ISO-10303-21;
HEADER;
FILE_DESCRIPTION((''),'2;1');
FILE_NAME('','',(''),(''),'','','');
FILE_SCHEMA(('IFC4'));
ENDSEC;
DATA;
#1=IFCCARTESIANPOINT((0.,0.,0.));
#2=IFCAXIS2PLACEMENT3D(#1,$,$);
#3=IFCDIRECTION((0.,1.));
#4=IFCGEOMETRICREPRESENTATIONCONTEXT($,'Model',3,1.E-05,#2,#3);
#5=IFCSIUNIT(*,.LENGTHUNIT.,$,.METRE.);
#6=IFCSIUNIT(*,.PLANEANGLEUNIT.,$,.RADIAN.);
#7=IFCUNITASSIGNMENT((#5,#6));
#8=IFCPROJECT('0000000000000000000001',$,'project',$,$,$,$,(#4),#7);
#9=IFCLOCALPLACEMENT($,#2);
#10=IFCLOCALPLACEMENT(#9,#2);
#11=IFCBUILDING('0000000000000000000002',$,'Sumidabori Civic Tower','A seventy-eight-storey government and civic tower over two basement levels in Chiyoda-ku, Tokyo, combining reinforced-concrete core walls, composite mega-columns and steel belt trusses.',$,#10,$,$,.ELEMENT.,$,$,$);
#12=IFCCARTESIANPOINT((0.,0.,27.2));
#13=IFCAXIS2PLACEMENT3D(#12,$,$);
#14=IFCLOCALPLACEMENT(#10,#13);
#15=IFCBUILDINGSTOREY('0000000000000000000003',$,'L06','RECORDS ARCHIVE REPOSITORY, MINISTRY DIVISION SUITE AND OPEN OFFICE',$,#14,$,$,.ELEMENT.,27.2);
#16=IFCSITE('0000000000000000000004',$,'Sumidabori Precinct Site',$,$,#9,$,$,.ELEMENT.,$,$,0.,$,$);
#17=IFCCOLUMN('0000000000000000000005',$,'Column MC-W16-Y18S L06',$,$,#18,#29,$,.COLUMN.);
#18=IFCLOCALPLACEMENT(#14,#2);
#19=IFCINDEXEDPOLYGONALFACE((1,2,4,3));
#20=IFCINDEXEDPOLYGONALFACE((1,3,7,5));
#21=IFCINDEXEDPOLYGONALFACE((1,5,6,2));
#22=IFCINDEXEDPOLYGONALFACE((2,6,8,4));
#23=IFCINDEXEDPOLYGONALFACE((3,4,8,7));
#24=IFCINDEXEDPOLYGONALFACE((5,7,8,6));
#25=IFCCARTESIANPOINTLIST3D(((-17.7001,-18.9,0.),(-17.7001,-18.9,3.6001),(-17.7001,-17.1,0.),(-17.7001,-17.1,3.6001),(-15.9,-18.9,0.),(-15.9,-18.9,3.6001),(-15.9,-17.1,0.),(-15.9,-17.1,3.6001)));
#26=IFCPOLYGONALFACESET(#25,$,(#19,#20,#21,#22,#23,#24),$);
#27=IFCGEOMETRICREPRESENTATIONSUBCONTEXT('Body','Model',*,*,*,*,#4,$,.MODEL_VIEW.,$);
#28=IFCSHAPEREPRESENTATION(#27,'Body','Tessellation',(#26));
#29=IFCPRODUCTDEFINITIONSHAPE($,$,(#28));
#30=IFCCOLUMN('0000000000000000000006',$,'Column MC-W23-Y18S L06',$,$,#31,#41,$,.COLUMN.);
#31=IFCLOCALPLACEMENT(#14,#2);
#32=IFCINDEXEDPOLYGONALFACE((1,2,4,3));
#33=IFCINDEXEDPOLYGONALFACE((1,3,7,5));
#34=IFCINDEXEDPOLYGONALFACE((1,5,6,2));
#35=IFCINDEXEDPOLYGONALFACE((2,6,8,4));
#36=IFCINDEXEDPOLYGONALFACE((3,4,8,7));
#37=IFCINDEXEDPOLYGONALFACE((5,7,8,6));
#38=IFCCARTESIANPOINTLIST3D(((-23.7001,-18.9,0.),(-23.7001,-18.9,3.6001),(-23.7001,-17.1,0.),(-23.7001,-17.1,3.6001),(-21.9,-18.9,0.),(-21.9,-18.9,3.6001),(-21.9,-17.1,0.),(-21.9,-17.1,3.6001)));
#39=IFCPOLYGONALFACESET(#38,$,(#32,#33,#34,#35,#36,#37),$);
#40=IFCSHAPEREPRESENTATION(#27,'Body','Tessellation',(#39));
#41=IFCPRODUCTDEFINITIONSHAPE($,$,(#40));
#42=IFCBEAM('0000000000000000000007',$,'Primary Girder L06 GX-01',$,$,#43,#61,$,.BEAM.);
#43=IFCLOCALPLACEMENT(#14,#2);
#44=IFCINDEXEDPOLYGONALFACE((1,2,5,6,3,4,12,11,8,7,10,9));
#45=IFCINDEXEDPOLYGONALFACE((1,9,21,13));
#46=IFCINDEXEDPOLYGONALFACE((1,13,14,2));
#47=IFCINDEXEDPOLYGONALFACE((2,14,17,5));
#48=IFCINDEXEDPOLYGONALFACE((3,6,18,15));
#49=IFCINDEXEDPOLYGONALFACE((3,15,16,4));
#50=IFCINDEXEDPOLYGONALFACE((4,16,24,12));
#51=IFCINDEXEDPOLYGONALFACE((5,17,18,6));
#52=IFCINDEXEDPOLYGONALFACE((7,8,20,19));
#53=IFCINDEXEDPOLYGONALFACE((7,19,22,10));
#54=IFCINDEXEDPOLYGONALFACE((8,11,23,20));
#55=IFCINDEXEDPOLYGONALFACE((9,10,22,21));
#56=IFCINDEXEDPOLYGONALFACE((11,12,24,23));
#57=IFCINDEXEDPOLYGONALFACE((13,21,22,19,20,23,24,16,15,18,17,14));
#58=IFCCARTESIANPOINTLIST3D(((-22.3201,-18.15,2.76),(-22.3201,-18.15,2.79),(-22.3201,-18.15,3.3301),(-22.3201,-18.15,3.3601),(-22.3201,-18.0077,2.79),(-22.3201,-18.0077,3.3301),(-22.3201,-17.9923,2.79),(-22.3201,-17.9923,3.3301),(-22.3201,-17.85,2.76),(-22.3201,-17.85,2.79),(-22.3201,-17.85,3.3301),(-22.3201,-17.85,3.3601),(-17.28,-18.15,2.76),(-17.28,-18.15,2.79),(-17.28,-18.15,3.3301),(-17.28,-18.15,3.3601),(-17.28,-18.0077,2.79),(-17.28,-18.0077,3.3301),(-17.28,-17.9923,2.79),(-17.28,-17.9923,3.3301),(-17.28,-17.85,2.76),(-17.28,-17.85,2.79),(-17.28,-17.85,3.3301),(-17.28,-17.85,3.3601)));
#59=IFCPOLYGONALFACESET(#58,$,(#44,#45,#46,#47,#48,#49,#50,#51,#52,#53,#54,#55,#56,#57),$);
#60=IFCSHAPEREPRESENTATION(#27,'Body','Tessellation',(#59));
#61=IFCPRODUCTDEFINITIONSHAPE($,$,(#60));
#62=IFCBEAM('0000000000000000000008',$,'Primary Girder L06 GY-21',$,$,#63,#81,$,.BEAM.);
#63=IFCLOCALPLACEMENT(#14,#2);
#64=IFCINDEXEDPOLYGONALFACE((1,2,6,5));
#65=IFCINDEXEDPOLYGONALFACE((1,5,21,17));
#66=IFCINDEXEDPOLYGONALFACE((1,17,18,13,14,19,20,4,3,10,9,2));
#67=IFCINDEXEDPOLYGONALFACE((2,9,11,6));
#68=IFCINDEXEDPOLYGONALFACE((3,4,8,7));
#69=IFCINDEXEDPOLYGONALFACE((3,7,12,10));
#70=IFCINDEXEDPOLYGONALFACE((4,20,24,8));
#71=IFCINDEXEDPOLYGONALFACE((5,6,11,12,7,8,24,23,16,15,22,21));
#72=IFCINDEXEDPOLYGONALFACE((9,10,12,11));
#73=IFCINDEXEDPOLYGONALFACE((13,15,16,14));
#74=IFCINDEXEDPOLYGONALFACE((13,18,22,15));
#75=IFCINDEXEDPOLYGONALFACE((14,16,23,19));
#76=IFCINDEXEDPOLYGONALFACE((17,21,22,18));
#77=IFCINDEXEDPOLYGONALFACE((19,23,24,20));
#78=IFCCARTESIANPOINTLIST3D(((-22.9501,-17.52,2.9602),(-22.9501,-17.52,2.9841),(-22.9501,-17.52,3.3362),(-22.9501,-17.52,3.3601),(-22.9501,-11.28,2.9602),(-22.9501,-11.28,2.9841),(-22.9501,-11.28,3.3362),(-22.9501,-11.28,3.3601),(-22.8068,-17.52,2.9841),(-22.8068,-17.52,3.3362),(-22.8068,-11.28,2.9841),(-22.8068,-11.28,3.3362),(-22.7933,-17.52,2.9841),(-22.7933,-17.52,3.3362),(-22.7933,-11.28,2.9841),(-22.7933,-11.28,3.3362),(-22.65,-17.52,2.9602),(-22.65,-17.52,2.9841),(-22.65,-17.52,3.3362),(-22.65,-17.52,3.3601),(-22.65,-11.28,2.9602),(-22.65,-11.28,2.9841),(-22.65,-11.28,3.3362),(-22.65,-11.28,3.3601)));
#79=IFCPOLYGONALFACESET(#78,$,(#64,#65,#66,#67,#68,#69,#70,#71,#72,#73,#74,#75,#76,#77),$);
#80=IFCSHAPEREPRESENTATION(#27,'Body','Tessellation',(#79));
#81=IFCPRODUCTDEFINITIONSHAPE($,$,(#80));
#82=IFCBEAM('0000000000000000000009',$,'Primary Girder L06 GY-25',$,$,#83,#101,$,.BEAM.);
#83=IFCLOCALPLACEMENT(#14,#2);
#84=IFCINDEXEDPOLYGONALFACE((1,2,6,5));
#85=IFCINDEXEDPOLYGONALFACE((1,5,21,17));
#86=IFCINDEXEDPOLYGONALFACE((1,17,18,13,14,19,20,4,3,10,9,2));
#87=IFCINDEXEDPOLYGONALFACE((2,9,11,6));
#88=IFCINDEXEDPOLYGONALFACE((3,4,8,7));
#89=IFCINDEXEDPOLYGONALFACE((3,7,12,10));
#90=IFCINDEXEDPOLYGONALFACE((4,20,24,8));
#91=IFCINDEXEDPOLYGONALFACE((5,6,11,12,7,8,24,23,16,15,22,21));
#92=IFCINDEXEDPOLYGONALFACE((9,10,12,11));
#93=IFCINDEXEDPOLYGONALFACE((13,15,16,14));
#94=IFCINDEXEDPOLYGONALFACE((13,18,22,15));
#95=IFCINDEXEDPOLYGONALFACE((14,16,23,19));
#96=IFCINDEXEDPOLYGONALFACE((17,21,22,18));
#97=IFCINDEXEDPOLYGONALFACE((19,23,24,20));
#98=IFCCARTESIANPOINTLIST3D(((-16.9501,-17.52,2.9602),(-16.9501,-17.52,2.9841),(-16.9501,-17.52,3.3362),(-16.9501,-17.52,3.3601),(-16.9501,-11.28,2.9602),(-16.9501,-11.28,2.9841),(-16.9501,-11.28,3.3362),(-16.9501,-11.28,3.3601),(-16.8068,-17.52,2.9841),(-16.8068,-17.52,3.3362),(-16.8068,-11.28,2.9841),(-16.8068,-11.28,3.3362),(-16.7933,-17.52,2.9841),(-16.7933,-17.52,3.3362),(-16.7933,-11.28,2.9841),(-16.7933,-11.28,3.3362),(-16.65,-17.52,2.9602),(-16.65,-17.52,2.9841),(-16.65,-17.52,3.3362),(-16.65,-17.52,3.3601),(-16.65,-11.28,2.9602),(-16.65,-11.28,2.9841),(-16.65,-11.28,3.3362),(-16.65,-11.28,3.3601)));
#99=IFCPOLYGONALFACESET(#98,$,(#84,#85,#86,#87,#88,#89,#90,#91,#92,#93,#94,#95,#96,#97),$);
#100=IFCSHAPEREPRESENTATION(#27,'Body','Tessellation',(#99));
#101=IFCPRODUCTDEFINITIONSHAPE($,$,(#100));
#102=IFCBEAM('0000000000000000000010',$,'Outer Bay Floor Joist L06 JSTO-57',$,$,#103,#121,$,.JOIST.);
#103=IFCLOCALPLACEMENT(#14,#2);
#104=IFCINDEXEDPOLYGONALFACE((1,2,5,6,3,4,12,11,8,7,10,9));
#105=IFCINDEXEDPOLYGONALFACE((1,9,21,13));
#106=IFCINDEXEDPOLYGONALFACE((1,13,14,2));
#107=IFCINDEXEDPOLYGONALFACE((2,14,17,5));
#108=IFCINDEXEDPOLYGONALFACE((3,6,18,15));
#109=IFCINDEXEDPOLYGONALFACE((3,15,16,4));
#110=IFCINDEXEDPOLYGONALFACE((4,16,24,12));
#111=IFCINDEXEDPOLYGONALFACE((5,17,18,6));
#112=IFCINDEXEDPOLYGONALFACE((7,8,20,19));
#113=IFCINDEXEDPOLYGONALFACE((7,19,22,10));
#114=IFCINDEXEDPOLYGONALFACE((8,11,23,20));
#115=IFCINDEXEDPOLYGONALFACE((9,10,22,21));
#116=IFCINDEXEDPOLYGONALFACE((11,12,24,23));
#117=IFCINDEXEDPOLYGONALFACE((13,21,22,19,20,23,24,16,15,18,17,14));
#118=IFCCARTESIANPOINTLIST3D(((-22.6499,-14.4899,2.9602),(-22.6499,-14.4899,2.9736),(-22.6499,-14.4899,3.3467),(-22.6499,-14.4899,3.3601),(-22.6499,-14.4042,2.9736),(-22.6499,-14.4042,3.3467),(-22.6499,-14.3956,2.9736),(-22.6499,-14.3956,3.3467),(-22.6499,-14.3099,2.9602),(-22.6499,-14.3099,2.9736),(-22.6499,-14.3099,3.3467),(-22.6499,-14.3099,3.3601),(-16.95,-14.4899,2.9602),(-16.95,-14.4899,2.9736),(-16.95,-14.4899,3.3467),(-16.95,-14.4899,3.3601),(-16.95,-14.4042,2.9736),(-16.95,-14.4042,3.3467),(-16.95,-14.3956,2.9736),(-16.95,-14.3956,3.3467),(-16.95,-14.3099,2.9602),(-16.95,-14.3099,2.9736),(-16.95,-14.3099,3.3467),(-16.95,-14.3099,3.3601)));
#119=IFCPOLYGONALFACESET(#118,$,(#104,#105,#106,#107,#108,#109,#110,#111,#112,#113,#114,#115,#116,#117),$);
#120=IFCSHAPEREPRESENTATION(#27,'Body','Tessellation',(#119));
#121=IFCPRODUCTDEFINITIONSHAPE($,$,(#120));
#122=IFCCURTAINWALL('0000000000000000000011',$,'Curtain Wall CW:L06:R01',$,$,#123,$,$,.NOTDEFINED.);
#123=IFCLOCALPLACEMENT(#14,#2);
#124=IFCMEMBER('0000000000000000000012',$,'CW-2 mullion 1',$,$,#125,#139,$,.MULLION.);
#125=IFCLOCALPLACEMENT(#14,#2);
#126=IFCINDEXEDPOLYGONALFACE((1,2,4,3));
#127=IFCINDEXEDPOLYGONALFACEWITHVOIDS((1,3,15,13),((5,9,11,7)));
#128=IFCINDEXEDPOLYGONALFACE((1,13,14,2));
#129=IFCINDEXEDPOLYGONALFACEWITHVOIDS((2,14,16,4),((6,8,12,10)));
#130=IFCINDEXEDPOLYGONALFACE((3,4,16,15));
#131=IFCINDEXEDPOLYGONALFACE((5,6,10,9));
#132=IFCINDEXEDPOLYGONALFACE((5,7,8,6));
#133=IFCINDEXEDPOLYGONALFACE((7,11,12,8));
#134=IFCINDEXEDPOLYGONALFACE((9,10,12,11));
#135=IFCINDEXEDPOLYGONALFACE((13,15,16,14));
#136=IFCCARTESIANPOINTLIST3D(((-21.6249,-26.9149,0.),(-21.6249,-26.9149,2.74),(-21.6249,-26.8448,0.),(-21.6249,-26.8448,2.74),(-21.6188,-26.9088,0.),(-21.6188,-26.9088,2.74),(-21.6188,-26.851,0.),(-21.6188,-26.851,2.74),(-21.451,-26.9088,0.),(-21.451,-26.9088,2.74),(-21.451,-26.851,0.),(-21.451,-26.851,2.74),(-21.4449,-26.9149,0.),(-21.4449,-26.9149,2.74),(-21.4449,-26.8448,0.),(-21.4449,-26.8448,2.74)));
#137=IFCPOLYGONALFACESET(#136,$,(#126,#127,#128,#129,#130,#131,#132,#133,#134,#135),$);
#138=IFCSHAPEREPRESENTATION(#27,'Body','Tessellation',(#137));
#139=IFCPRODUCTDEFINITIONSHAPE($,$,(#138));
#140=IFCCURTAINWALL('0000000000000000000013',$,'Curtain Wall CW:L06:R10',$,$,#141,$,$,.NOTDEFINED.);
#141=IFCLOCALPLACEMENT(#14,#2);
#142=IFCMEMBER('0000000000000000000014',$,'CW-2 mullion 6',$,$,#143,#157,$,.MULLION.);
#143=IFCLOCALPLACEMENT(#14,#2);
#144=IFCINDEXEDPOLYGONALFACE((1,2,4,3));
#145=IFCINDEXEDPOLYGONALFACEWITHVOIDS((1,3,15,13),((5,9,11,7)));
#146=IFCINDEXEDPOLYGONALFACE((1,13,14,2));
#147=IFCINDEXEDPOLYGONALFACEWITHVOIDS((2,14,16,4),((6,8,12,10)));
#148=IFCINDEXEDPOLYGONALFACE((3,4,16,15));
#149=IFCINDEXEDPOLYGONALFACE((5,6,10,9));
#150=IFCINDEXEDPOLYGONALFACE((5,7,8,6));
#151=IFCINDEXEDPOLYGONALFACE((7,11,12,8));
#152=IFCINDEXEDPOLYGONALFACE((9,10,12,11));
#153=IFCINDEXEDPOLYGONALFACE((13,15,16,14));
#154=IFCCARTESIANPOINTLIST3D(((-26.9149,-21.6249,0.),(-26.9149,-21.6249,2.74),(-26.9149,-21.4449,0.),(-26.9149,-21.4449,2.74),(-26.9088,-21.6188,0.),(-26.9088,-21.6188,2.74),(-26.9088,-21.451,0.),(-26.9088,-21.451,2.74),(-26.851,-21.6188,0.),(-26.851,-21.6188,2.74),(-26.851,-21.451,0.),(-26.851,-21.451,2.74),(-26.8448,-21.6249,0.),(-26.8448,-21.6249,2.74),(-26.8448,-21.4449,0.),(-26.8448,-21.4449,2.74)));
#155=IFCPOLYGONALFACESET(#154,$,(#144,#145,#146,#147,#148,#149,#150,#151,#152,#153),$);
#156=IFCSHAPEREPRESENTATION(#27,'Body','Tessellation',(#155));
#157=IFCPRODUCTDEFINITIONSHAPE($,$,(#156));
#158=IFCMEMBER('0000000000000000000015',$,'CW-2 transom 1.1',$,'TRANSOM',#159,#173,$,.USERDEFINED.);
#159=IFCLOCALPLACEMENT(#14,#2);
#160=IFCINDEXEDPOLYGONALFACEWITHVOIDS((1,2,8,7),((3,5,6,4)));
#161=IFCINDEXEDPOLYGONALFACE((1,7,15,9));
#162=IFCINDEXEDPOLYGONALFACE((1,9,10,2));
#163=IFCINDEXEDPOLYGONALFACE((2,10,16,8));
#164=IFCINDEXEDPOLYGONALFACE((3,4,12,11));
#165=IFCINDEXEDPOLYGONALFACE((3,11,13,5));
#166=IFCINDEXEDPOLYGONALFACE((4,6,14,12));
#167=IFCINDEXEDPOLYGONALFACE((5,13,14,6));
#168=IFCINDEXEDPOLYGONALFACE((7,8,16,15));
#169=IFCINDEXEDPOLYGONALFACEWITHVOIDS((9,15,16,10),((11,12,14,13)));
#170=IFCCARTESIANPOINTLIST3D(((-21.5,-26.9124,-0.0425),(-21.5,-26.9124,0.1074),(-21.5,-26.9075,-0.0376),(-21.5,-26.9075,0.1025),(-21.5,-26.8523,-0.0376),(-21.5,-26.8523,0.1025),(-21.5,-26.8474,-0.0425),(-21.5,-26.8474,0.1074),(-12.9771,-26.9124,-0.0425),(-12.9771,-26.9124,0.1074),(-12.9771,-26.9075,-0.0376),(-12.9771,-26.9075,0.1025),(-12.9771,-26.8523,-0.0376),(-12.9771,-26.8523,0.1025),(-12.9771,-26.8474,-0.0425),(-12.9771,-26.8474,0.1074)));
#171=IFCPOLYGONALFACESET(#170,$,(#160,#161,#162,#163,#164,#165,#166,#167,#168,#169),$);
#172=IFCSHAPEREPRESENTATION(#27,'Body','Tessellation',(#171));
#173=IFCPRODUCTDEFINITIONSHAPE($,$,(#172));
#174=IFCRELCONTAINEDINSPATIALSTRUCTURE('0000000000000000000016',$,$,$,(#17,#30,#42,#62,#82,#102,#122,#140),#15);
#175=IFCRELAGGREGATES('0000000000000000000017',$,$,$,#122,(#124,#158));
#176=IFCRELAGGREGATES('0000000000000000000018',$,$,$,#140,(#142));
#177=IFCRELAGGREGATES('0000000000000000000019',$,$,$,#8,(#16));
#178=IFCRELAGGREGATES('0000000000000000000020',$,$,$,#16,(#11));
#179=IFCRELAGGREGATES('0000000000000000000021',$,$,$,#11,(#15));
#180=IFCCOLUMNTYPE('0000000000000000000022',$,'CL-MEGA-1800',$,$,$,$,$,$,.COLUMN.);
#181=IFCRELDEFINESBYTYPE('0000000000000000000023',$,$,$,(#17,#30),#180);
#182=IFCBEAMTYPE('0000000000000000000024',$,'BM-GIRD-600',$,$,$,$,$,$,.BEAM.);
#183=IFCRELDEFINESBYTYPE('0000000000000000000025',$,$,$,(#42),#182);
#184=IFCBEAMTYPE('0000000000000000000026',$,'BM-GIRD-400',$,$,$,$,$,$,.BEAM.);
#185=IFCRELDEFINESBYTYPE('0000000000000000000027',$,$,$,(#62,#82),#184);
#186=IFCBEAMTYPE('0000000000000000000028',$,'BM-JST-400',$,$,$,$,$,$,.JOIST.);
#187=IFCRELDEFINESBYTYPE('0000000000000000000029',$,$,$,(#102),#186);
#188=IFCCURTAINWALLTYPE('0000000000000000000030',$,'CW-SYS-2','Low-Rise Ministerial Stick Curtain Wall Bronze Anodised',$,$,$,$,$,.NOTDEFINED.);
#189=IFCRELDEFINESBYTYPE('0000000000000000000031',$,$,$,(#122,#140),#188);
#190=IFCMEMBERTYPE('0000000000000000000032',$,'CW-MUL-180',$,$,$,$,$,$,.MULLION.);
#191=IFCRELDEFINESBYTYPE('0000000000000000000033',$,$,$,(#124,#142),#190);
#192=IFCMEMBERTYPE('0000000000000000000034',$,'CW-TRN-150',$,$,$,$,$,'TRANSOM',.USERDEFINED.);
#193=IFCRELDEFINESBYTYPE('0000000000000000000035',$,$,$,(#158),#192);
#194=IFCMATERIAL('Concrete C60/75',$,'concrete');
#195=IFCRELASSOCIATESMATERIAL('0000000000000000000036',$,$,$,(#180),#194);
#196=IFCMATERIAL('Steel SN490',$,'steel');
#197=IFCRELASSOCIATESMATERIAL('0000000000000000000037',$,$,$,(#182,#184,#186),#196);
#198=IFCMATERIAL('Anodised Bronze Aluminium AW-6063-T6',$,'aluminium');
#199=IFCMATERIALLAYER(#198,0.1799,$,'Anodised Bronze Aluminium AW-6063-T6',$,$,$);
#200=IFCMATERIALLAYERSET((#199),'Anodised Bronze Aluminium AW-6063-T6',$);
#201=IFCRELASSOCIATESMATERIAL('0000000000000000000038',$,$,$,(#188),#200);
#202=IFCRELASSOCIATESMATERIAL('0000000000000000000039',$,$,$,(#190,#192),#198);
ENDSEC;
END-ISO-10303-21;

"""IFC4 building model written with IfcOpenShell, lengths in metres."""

from ifc_helpers import new_model, si_unit, direction, frame, origin, origin_2d, place, context, subcontext, project, spatial, rectangle, hollow_rectangle, i_section, extrude, source, transform, mapped, material, layer, layer_set, material_profile, profile_set, type_object, element, aggregate, save


model = new_model("IFC4")

# Units and contexts
model_context = context("Model", 3, precision=1e-05, world=origin(), true_north=direction((0.0, 1.0)))
body_context = subcontext(model_context, "Body", "Model", "MODEL_VIEW")
ifc_project = project(units=[si_unit("LENGTHUNIT", "METRE"), si_unit("PLANEANGLEUNIT", "RADIAN")], contexts=[model_context])

# Site, building, storey
site_placement = place(None, origin())
site = spatial("IfcSite", under=ifc_project, at=site_placement, Name="Sumidabori Precinct Site", CompositionType="ELEMENT", RefElevation=0.0)
building_placement = place(site_placement, origin())
building = spatial("IfcBuilding", under=site, at=building_placement, Name="Sumidabori Civic Tower", Description="A seventy-eight-storey government and civic tower over two basement levels in Chiyoda-ku, Tokyo, combining reinforced-concrete core walls, composite mega-columns and steel belt trusses.", CompositionType="ELEMENT")
storey_placement = place(building_placement, frame((0.0, 0.0, 27.2)))
storey = spatial("IfcBuildingStorey", under=building, at=storey_placement, Name="L06", Description="RECORDS ARCHIVE REPOSITORY, MINISTRY DIVISION SUITE AND OPEN OFFICE", CompositionType="ELEMENT", Elevation=27.2)

# Columns
ifc_material_1 = material(Name="Concrete C60/75", Category="concrete")
ifc_material_profile_1 = material_profile(ifc_material_1, rectangle(XDim=1.8, YDim=1.8, at=origin_2d()), Name="RC 1800x1800")
ifc_profile_set_1 = profile_set([ifc_material_profile_1], Name="Concrete C60/75")
column_type = type_object("IfcColumnType", Name="CL-MEGA-1800", PredefinedType="COLUMN", material=ifc_profile_set_1)
shared_shape_1 = source(origin(), body_context, "Body", "SweptSolid", [
    extrude(rectangle(XDim=1.8, YDim=1.8, at=origin_2d()), origin(), (0.0, 0.0, 1.0), 3.6001),
])
for number, where, z_axis, x_axis, name in (
    (1, (-16.8, -18.0, 0.0), (0.0, 0.0, 1.0), (1.0, 0.0, 0.0), "Column MC-W16-Y18S L06"),
    (2, (-22.8, -18.0, 0.0), (0.0, 0.0, 1.0), (1.0, 0.0, 0.0), "Column MC-W23-Y18S L06"),
):
    element("IfcColumn", number, at=place(storey_placement, frame(where, z_axis=z_axis, x_axis=x_axis)), inside=storey, type_object=column_type, Name=name, PredefinedType="COLUMN", context=body_context, shape_type="MappedRepresentation", body=[
        mapped(shared_shape_1, transform((0.0, 0.0, 0.0), x_axis=(1.0, 0.0, 0.0), y_axis=(0.0, 1.0, 0.0), z_axis=(0.0, 0.0, 1.0), scale=1.0)),
    ])

# Beams
ifc_material_2 = material(Name="Steel SN490", Category="steel")
ifc_material_profile_2 = material_profile(ifc_material_2, i_section(OverallWidth=0.3, OverallDepth=0.6001, WebThickness=0.0154, FlangeThickness=0.03, at=origin_2d()), Name="HE 600 B")
ifc_profile_set_2 = profile_set([ifc_material_profile_2], Name="Steel SN490")
beam_type_1 = type_object("IfcBeamType", Name="BM-GIRD-600", PredefinedType="BEAM", material=ifc_profile_set_2)
shared_shape_2 = source(origin(), body_context, "Body", "SweptSolid", [
    extrude(i_section(OverallWidth=0.3, OverallDepth=0.6001, WebThickness=0.0154, FlangeThickness=0.03, at=origin_2d()), origin(), (0.0, 0.0, 1.0), 5.04),
])
beam_1_placement = place(storey_placement, frame((-22.3201, -18.0, 3.0601), z_axis=(1.0, 0.0, 0.0), x_axis=(0.0, 1.0, 0.0)))
element("IfcBeam", 3, at=beam_1_placement, inside=storey, type_object=beam_type_1, Name="Primary Girder L06 GX-01", PredefinedType="BEAM", context=body_context, shape_type="MappedRepresentation", body=[
    mapped(shared_shape_2, transform((0.0, 0.0, 0.0), x_axis=(1.0, 0.0, 0.0), y_axis=(0.0, 1.0, 0.0), z_axis=(0.0, 0.0, 1.0), scale=1.0)),
])
ifc_material_profile_3 = material_profile(ifc_material_2, i_section(OverallWidth=0.3, OverallDepth=0.3999, WebThickness=0.0134, FlangeThickness=0.0239, at=origin_2d()), Name="HE 400 B")
ifc_profile_set_3 = profile_set([ifc_material_profile_3], Name="Steel SN490")
beam_type_2 = type_object("IfcBeamType", Name="BM-GIRD-400", PredefinedType="BEAM", material=ifc_profile_set_3)
shared_shape_3 = source(origin(), body_context, "Body", "SweptSolid", [
    extrude(i_section(OverallWidth=0.3, OverallDepth=0.3999, WebThickness=0.0134, FlangeThickness=0.0239, at=origin_2d()), origin(), (0.0, 0.0, 1.0), 6.24),
])
for number, where, z_axis, x_axis, name in (
    (4, (-22.8, -17.52, 3.1602), (0.0, 1.0, 0.0), (-1.0, 0.0, 0.0), "Primary Girder L06 GY-21"),
    (5, (-16.8, -17.52, 3.1602), (0.0, 1.0, 0.0), (-1.0, 0.0, 0.0), "Primary Girder L06 GY-25"),
):
    element("IfcBeam", number, at=place(storey_placement, frame(where, z_axis=z_axis, x_axis=x_axis)), inside=storey, type_object=beam_type_2, Name=name, PredefinedType="BEAM", context=body_context, shape_type="MappedRepresentation", body=[
        mapped(shared_shape_3, transform((0.0, 0.0, 0.0), x_axis=(1.0, 0.0, 0.0), y_axis=(0.0, 1.0, 0.0), z_axis=(0.0, 0.0, 1.0), scale=1.0)),
    ])
ifc_material_profile_4 = material_profile(ifc_material_2, i_section(OverallWidth=0.1799, OverallDepth=0.3999, WebThickness=0.0085, FlangeThickness=0.0134, at=origin_2d()), Name="IPE 400")
ifc_profile_set_4 = profile_set([ifc_material_profile_4], Name="Steel SN490")
beam_type_3 = type_object("IfcBeamType", Name="BM-JST-400", PredefinedType="JOIST", material=ifc_profile_set_4)
shared_shape_4 = source(origin(), body_context, "Body", "SweptSolid", [
    extrude(i_section(OverallWidth=0.1799, OverallDepth=0.3999, WebThickness=0.0085, FlangeThickness=0.0134, at=origin_2d()), origin(), (0.0, 0.0, 1.0), 5.7),
])
beam_2_placement = place(storey_placement, frame((-22.6499, -14.3999, 3.1602), z_axis=(1.0, 0.0, 0.0), x_axis=(0.0, 1.0, 0.0)))
element("IfcBeam", 6, at=beam_2_placement, inside=storey, type_object=beam_type_3, Name="Outer Bay Floor Joist L06 JSTO-57", PredefinedType="JOIST", context=body_context, shape_type="MappedRepresentation", body=[
    mapped(shared_shape_4, transform((0.0, 0.0, 0.0), x_axis=(1.0, 0.0, 0.0), y_axis=(0.0, 1.0, 0.0), z_axis=(0.0, 0.0, 1.0), scale=1.0)),
])

# Curtain walls, members
ifc_material_3 = material(Name="Anodised Bronze Aluminium AW-6063-T6", Category="aluminium")
ifc_layer_1 = layer(ifc_material_3, 0.1799, Name="Anodised Bronze Aluminium AW-6063-T6")
ifc_layer_set_1 = layer_set([ifc_layer_1], Name="Anodised Bronze Aluminium AW-6063-T6")
curtain_wall_type = type_object("IfcCurtainWallType", Name="CW-SYS-2", Description="Low-Rise Ministerial Stick Curtain Wall Bronze Anodised", PredefinedType="NOTDEFINED", material=ifc_layer_set_1)
curtain_wall_1_placement = place(storey_placement, origin())
curtain_wall_1 = element("IfcCurtainWall", 7, at=curtain_wall_1_placement, inside=storey, type_object=curtain_wall_type, Name="Curtain Wall CW:L06:R01", PredefinedType="NOTDEFINED")
ifc_material_profile_5 = material_profile(ifc_material_3, hollow_rectangle(XDim=0.0701, YDim=0.1799, WallThickness=0.0061, at=origin_2d()), Name="ALU MULLION 180x70")
ifc_profile_set_5 = profile_set([ifc_material_profile_5], Name="Anodised Bronze Aluminium AW-6063-T6")
member_type_1 = type_object("IfcMemberType", Name="CW-MUL-180", PredefinedType="MULLION", material=ifc_profile_set_5)
shared_shape_5 = source(origin(), body_context, "Body", "SweptSolid", [
    extrude(hollow_rectangle(XDim=0.0701, YDim=0.1799, WallThickness=0.0061, at=origin_2d()), origin(), (0.0, 0.0, 1.0), 2.74),
])
member_1_placement = place(storey_placement, frame((-21.5349, -26.8799, 0.0), z_axis=(0.0, 0.0, 1.0), x_axis=(0.0, 1.0, 0.0)))
member_1 = element("IfcMember", 8, at=member_1_placement, type_object=member_type_1, Name="CW-2 mullion 1", PredefinedType="MULLION", context=body_context, shape_type="MappedRepresentation", body=[
    mapped(shared_shape_5, transform((0.0, 0.0, 0.0), x_axis=(1.0, 0.0, 0.0), y_axis=(0.0, 1.0, 0.0), z_axis=(0.0, 0.0, 1.0), scale=1.0)),
])
curtain_wall_2_placement = place(storey_placement, origin())
curtain_wall_2 = element("IfcCurtainWall", 9, at=curtain_wall_2_placement, inside=storey, type_object=curtain_wall_type, Name="Curtain Wall CW:L06:R10", PredefinedType="NOTDEFINED")
member_2_placement = place(storey_placement, frame((-26.8799, -21.5349, 0.0), z_axis=(0.0, 0.0, 1.0), x_axis=(1.0, 0.0, 0.0)))
member_2 = element("IfcMember", 10, at=member_2_placement, type_object=member_type_1, Name="CW-2 mullion 6", PredefinedType="MULLION", context=body_context, shape_type="MappedRepresentation", body=[
    mapped(shared_shape_5, transform((0.0, 0.0, 0.0), x_axis=(1.0, 0.0, 0.0), y_axis=(0.0, 1.0, 0.0), z_axis=(0.0, 0.0, 1.0), scale=1.0)),
])

# Member
ifc_material_profile_6 = material_profile(ifc_material_3, hollow_rectangle(XDim=0.0649, YDim=0.1499, WallThickness=0.0049, at=origin_2d()), Name="ALU TRANSOM 150x65")
ifc_profile_set_6 = profile_set([ifc_material_profile_6], Name="Anodised Bronze Aluminium AW-6063-T6")
member_type_2 = type_object("IfcMemberType", Name="CW-TRN-150", ElementType="TRANSOM", PredefinedType="USERDEFINED", material=ifc_profile_set_6)
shared_shape_6 = source(origin(), body_context, "Body", "SweptSolid", [
    extrude(hollow_rectangle(XDim=0.0649, YDim=0.1499, WallThickness=0.0049, at=origin_2d()), origin(), (0.0, 0.0, 1.0), 8.5229),
])
member_3_placement = place(storey_placement, frame((-21.5, -26.8799, 0.0325), z_axis=(1.0, 0.0, 0.0), x_axis=(0.0, 1.0, 0.0)))
member_3 = element("IfcMember", 11, at=member_3_placement, type_object=member_type_2, Name="CW-2 transom 1.1", ObjectType="TRANSOM", PredefinedType="USERDEFINED", context=body_context, shape_type="MappedRepresentation", body=[
    mapped(shared_shape_6, transform((0.0, 0.0, 0.0), x_axis=(1.0, 0.0, 0.0), y_axis=(0.0, 1.0, 0.0), z_axis=(0.0, 0.0, 1.0), scale=1.0)),
])

aggregate(curtain_wall_1, [member_1, member_3])
aggregate(curtain_wall_2, [member_2])

save(model, "model.ifc")
